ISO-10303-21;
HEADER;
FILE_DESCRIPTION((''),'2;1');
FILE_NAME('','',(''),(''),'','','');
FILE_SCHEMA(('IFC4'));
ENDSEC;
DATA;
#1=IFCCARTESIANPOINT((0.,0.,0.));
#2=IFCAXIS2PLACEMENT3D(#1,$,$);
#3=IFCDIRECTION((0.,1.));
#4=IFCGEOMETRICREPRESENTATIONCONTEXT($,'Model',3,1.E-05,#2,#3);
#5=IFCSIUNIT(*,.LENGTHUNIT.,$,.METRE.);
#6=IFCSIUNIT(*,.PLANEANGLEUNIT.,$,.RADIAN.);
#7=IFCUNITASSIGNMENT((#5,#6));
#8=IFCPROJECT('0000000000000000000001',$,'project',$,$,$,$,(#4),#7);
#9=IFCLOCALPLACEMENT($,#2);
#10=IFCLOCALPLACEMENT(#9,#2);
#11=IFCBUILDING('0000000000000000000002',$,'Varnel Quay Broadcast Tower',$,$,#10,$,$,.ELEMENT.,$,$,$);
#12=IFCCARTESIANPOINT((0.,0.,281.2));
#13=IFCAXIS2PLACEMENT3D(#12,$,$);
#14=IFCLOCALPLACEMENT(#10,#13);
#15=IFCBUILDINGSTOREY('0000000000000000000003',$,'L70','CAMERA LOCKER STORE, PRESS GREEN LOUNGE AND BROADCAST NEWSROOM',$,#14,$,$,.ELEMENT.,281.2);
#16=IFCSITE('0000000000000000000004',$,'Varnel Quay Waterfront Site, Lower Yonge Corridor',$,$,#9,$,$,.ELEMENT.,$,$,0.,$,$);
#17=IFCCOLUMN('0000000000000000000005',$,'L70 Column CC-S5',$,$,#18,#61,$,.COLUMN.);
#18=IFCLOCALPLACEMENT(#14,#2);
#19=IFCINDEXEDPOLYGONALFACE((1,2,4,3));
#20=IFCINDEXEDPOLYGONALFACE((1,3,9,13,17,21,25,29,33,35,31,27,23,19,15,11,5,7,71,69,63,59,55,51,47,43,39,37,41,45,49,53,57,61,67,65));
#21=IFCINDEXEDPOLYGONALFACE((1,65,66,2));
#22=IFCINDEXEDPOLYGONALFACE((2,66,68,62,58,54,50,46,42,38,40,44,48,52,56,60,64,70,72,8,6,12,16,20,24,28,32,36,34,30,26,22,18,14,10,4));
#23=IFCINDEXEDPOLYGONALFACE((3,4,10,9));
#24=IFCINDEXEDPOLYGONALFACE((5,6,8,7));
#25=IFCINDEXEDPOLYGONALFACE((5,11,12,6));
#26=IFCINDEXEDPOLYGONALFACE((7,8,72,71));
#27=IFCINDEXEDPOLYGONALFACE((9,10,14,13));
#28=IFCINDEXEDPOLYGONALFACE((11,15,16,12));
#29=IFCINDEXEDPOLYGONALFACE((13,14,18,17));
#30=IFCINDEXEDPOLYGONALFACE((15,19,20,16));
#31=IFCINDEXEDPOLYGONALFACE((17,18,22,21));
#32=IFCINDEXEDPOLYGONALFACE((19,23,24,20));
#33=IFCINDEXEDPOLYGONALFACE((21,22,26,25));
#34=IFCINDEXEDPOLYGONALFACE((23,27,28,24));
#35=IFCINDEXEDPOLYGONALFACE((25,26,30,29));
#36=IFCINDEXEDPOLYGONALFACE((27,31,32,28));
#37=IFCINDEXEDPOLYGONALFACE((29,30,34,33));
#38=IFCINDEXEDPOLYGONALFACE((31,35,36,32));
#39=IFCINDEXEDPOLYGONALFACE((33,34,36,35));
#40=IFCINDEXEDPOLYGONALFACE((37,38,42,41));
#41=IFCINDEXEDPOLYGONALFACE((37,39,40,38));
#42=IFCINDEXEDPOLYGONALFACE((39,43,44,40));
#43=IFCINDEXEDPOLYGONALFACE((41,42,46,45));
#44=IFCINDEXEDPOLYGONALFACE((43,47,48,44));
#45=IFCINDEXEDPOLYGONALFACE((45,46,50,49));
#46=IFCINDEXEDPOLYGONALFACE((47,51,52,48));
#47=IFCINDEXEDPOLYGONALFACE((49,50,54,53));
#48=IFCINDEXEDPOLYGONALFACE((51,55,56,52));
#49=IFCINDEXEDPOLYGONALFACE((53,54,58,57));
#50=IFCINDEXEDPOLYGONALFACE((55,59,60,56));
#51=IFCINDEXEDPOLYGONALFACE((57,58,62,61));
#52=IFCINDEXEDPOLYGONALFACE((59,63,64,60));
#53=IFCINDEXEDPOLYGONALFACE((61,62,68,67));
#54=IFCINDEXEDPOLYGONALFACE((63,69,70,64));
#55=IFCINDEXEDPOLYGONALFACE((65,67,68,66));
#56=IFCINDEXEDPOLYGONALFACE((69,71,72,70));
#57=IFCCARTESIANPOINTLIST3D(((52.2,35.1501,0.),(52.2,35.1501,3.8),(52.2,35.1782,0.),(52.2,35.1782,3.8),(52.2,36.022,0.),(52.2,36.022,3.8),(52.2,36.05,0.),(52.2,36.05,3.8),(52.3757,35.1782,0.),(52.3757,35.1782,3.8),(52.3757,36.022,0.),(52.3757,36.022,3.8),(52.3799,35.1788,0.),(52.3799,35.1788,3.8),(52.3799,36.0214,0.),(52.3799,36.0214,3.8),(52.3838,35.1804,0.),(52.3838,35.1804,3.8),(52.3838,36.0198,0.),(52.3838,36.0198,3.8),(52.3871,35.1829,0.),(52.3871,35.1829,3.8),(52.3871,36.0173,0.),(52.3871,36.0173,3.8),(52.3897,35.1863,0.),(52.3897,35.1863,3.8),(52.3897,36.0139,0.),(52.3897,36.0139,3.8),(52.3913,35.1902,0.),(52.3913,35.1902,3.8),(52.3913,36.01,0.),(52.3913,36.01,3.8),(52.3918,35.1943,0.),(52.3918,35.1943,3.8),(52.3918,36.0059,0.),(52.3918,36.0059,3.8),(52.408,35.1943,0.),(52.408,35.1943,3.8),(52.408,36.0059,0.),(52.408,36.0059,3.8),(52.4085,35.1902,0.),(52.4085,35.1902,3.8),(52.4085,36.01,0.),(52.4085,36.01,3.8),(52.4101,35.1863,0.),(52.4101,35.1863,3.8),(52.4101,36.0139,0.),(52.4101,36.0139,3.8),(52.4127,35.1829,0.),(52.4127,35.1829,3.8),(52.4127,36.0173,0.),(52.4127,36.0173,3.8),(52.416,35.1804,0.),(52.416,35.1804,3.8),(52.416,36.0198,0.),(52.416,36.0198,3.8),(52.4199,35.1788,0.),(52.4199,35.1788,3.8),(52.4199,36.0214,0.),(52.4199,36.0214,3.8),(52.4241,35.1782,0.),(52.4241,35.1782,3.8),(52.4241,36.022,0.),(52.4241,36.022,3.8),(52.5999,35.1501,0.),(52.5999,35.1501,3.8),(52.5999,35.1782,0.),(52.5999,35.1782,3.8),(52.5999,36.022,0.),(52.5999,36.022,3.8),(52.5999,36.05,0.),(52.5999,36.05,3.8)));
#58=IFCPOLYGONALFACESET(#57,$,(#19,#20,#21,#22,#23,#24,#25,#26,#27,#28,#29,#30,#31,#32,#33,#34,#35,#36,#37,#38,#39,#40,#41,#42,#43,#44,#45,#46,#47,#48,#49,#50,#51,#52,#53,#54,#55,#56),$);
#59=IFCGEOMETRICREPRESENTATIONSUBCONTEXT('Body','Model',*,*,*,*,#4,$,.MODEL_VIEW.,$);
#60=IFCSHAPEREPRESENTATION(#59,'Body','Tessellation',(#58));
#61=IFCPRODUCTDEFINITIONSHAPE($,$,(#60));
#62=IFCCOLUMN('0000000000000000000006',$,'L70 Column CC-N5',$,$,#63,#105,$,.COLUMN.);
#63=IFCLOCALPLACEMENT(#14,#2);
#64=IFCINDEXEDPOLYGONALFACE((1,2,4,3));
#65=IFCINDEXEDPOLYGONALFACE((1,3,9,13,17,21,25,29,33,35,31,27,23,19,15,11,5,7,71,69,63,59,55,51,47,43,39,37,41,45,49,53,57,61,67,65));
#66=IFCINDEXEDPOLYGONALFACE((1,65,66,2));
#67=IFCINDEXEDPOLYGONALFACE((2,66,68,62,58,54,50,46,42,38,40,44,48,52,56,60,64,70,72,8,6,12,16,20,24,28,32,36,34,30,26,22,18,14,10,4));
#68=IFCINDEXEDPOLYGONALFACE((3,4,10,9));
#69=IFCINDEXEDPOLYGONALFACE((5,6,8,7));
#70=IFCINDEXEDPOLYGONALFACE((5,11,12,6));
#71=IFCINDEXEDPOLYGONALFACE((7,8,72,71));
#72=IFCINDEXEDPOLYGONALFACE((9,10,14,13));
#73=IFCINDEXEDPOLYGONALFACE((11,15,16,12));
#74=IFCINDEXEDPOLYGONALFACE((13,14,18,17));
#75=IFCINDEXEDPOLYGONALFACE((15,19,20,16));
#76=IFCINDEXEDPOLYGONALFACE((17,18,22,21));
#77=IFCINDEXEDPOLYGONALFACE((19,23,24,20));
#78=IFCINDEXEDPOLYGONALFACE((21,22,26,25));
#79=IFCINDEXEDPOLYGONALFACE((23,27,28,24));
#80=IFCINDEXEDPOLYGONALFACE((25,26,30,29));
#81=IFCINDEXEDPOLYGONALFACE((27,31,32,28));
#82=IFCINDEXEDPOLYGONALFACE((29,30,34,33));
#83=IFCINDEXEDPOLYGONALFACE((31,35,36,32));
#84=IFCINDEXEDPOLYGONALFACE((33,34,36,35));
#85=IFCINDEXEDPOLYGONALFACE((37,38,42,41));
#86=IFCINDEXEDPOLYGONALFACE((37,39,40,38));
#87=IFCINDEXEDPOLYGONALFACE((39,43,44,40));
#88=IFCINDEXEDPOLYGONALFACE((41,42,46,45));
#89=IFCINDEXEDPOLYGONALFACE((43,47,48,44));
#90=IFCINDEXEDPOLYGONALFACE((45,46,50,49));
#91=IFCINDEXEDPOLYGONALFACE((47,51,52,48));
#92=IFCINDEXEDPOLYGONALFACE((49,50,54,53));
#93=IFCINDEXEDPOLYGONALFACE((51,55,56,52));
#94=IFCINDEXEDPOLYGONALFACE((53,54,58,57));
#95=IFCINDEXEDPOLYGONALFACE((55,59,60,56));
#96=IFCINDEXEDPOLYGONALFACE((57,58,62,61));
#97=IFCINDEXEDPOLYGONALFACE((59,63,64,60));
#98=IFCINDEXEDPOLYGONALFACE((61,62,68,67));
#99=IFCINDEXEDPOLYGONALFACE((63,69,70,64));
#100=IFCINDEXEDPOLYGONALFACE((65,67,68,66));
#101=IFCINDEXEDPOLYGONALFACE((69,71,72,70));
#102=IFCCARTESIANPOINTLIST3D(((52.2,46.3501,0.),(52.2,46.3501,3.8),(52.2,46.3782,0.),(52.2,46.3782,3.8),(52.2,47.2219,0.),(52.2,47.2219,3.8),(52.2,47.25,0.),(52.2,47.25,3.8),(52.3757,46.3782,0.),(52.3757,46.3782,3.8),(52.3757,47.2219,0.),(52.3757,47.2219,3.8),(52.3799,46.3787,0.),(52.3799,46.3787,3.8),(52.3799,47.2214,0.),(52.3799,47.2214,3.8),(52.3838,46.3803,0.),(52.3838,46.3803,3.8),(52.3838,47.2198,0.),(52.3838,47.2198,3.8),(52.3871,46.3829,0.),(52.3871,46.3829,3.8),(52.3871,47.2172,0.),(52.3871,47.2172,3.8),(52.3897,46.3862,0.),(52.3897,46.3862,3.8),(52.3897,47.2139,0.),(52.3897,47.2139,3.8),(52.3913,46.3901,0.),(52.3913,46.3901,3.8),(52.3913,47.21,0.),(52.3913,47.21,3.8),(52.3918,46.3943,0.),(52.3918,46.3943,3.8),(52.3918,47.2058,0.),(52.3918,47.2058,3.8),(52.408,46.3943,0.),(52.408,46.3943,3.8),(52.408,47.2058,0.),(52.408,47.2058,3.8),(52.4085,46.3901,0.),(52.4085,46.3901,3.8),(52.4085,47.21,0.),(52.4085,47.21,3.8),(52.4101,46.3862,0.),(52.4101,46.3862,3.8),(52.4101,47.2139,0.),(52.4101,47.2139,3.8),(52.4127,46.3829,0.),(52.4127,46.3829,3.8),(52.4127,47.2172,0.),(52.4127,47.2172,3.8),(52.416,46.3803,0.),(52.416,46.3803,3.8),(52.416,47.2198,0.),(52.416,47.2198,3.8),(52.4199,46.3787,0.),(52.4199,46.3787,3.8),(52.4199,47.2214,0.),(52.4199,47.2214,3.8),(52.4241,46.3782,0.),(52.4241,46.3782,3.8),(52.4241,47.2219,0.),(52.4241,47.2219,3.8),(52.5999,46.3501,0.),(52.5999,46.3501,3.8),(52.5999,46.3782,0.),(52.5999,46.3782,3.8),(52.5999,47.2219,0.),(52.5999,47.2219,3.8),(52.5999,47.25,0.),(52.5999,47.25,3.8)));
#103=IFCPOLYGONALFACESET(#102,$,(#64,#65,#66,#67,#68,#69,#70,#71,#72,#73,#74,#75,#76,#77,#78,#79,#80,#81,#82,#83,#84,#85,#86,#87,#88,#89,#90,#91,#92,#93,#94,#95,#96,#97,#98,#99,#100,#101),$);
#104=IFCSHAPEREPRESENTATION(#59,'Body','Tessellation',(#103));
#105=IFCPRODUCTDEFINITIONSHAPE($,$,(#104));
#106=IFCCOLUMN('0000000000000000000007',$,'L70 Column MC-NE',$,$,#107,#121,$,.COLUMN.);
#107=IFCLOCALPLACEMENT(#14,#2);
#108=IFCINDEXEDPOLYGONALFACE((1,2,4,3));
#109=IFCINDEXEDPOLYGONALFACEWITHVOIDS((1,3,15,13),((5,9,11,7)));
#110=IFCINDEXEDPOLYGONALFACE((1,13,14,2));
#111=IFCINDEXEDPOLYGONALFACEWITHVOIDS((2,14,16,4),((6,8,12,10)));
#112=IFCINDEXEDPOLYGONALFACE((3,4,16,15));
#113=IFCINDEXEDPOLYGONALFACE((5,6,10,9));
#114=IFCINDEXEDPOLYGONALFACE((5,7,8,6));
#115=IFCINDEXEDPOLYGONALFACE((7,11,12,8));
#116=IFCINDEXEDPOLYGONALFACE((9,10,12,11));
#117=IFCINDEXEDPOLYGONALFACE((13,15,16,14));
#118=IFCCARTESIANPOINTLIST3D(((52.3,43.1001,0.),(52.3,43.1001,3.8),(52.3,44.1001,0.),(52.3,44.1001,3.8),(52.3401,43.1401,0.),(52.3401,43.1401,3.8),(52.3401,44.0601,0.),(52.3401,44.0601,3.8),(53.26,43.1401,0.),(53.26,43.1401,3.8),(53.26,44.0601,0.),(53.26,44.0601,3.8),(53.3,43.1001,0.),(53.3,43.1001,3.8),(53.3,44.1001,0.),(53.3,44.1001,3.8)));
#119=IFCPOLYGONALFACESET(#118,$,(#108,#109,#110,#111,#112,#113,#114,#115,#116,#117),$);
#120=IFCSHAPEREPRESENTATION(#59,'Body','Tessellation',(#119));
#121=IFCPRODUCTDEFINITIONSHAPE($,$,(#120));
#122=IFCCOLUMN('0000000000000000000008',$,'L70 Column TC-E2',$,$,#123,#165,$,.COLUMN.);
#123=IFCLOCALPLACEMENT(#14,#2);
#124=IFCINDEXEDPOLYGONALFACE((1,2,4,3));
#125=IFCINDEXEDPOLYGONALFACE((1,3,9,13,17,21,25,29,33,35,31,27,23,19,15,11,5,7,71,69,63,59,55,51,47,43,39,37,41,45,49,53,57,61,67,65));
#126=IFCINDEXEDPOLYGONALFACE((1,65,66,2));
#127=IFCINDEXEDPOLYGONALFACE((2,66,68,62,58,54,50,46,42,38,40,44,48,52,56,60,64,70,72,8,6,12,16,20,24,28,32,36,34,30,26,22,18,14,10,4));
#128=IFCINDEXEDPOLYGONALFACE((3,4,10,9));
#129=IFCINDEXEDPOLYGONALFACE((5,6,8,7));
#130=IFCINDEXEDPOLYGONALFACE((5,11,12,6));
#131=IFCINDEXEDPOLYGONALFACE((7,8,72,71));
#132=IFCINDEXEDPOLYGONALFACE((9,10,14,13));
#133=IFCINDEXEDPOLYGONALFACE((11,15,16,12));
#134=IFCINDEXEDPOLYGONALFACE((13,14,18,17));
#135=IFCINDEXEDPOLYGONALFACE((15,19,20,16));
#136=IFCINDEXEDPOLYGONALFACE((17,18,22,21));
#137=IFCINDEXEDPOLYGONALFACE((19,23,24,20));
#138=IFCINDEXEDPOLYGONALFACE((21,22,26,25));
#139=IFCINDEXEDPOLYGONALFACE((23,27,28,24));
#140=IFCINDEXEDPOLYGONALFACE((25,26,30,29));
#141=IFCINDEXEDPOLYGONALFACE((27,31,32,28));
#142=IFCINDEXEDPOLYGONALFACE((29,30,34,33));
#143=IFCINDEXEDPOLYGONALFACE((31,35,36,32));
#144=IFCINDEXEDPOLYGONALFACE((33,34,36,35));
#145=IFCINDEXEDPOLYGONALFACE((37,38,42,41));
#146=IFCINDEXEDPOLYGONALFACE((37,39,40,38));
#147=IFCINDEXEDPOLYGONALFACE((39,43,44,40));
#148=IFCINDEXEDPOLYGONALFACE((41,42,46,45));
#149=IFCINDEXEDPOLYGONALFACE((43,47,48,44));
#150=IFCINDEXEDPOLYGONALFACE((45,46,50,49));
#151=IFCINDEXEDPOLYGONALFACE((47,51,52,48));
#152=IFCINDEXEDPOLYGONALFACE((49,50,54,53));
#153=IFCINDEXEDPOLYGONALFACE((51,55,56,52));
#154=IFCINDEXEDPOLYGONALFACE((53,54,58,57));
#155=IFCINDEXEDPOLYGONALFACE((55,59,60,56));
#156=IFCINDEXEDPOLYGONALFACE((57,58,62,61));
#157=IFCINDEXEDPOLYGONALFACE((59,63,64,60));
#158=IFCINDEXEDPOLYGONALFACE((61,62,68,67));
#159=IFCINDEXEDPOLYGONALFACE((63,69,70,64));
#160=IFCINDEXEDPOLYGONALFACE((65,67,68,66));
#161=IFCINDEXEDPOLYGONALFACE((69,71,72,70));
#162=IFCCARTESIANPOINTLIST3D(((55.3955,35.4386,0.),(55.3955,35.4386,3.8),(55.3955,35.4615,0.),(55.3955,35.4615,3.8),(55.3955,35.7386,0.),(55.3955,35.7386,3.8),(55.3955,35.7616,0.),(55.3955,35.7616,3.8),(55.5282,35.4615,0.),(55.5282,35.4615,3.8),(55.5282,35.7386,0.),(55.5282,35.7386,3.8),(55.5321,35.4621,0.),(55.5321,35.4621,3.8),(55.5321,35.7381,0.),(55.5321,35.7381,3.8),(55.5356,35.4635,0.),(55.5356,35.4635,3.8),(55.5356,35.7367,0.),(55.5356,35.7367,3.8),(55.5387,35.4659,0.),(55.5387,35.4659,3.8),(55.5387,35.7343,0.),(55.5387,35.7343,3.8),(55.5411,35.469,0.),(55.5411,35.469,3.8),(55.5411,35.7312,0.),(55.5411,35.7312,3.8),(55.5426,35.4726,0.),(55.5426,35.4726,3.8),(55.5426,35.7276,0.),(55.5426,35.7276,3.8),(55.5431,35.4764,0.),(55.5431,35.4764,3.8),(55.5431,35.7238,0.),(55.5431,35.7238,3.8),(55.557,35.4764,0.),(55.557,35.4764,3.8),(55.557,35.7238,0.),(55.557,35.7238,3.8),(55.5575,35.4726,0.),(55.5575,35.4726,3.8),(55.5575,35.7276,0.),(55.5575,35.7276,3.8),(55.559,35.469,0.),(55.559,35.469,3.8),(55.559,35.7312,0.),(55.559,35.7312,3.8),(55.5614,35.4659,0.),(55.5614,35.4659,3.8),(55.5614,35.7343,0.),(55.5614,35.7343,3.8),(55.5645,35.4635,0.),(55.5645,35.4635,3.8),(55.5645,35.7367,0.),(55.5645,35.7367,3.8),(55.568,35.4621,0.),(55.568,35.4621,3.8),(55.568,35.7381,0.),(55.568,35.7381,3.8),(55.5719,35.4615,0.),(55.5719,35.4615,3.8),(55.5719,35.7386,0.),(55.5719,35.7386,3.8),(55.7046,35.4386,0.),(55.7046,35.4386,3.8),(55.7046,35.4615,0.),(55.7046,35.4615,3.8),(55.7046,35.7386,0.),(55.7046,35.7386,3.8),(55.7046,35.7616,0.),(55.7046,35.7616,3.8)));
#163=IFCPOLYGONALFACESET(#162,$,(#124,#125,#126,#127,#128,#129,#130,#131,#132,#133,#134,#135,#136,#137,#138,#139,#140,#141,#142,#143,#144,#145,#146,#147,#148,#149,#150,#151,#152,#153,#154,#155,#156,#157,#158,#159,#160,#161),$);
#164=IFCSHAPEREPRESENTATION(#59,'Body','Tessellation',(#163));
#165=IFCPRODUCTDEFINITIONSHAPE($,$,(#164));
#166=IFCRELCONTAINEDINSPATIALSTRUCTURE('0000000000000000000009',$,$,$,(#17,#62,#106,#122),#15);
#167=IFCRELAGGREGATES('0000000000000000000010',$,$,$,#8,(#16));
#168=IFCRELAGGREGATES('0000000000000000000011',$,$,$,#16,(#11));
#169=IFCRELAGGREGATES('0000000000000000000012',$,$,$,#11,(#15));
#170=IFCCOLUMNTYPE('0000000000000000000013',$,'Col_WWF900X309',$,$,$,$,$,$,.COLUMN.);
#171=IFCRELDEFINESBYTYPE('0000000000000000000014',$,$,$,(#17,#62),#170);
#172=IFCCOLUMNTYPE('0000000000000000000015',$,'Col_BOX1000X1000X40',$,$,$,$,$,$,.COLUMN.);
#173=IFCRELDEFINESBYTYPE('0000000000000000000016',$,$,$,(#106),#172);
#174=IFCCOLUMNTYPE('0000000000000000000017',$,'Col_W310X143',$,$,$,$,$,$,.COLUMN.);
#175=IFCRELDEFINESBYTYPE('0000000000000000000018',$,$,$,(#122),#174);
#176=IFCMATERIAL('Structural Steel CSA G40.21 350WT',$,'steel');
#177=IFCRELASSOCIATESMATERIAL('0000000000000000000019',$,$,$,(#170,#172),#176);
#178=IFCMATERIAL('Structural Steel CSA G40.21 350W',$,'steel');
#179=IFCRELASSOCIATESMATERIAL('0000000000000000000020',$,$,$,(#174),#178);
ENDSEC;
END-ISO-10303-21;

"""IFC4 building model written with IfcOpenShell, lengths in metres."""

from ifc_helpers import new_model, si_unit, direction, frame, origin, origin_2d, place, context, subcontext, project, spatial, hollow_rectangle, i_section, extrude, source, transform, mapped, material, material_profile, profile_set, type_object, type_shapes, element, save


model = new_model("IFC4")

# Units and contexts
model_context = context("Model", 3, precision=1e-05, world=origin(), true_north=direction((0.0, 1.0)))
body_context = subcontext(model_context, "Body", "Model", "MODEL_VIEW")
ifc_project = project(units=[si_unit("LENGTHUNIT", "METRE"), si_unit("PLANEANGLEUNIT", "RADIAN")], contexts=[model_context])

# Site, building, storey
site_placement = place(None, origin())
site = spatial("IfcSite", under=ifc_project, at=site_placement, Name="Varnel Quay Waterfront Site, Lower Yonge Corridor", CompositionType="ELEMENT", RefElevation=0.0)
building_placement = place(site_placement, origin())
building = spatial("IfcBuilding", under=site, at=building_placement, Name="Varnel Quay Broadcast Tower", CompositionType="ELEMENT")
storey_placement = place(building_placement, frame((0.0, 0.0, 281.2)))
storey = spatial("IfcBuildingStorey", under=building, at=storey_placement, Name="L70", Description="CAMERA LOCKER STORE, PRESS GREEN LOUNGE AND BROADCAST NEWSROOM", CompositionType="ELEMENT", Elevation=281.2)

# Columns
ifc_material_1 = material(Name="Structural Steel CSA G40.21 350WT", Category="steel")
ifc_material_profile_1 = material_profile(ifc_material_1, i_section(OverallWidth=0.3999, OverallDepth=0.8999, WebThickness=0.0161, FlangeThickness=0.0281, FilletRadius=0.0161, at=origin_2d()), Name="WWF900X309")
ifc_profile_set_1 = profile_set([ifc_material_profile_1], Name="Structural Steel CSA G40.21 350WT")
column_type_1 = type_object("IfcColumnType", Name="Col_WWF900X309", PredefinedType="COLUMN", material=ifc_profile_set_1)
shared_shape_1 = source(origin(), body_context, "Body", "SweptSolid", [
    extrude(i_section(OverallWidth=0.3999, OverallDepth=0.8999, WebThickness=0.0161, FlangeThickness=0.0281, FilletRadius=0.0161, at=origin_2d()), origin(), (0.0, 0.0, 1.0), 3.8),
])
type_shapes(column_type_1, [shared_shape_1])
for number, where, z_axis, x_axis, name in (
    (1, (52.3999, 35.6001, 0.0), (0.0, 0.0, 1.0), (1.0, 0.0, 0.0), "L70 Column CC-S5"),
    (2, (52.3999, 46.8, 0.0), (0.0, 0.0, 1.0), (1.0, 0.0, 0.0), "L70 Column CC-N5"),
):
    element("IfcColumn", number, at=place(storey_placement, frame(where, z_axis=z_axis, x_axis=x_axis)), inside=storey, type_object=column_type_1, Name=name, PredefinedType="COLUMN", context=body_context, shape_type="MappedRepresentation", body=[
        mapped(shared_shape_1, transform((0.0, 0.0, 0.0), x_axis=(1.0, 0.0, 0.0), y_axis=(0.0, 1.0, 0.0), z_axis=(0.0, 0.0, 1.0), scale=1.0)),
    ])
ifc_material_profile_2 = material_profile(ifc_material_1, hollow_rectangle(XDim=1.0, YDim=1.0, WallThickness=0.04, at=origin_2d()), Name="BOX1000X1000X40")
ifc_profile_set_2 = profile_set([ifc_material_profile_2], Name="Structural Steel CSA G40.21 350WT")
column_type_2 = type_object("IfcColumnType", Name="Col_BOX1000X1000X40", PredefinedType="COLUMN", material=ifc_profile_set_2)
shared_shape_2 = source(origin(), body_context, "Body", "SweptSolid", [
    extrude(hollow_rectangle(XDim=1.0, YDim=1.0, WallThickness=0.04, at=origin_2d()), origin(), (0.0, 0.0, 1.0), 3.8),
])
type_shapes(column_type_2, [shared_shape_2])
column_1_placement = place(storey_placement, frame((52.8, 43.6001, 0.0), z_axis=(0.0, 0.0, 1.0), x_axis=(1.0, 0.0, 0.0)))
element("IfcColumn", 3, at=column_1_placement, inside=storey, type_object=column_type_2, Name="L70 Column MC-NE", PredefinedType="COLUMN", context=body_context, shape_type="MappedRepresentation", body=[
    mapped(shared_shape_2, transform((0.0, 0.0, 0.0), x_axis=(1.0, 0.0, 0.0), y_axis=(0.0, 1.0, 0.0), z_axis=(0.0, 0.0, 1.0), scale=1.0)),
])
ifc_material_2 = material(Name="Structural Steel CSA G40.21 350W", Category="steel")
ifc_material_profile_3 = material_profile(ifc_material_2, i_section(OverallWidth=0.3091, OverallDepth=0.323, WebThickness=0.0139, FlangeThickness=0.0229, FilletRadius=0.0149, at=origin_2d()), Name="W310X143")
ifc_profile_set_3 = profile_set([ifc_material_profile_3], Name="Structural Steel CSA G40.21 350W")
column_type_3 = type_object("IfcColumnType", Name="Col_W310X143", PredefinedType="COLUMN", material=ifc_profile_set_3)
shared_shape_3 = source(origin(), body_context, "Body", "SweptSolid", [
    extrude(i_section(OverallWidth=0.3091, OverallDepth=0.323, WebThickness=0.0139, FlangeThickness=0.0229, FilletRadius=0.0149, at=origin_2d()), origin(), (0.0, 0.0, 1.0), 3.8),
])
type_shapes(column_type_3, [shared_shape_3])
column_2_placement = place(storey_placement, frame((55.55, 35.6001, 0.0), z_axis=(0.0, 0.0, 1.0), x_axis=(1.0, 0.0, 0.0)))
element("IfcColumn", 4, at=column_2_placement, inside=storey, type_object=column_type_3, Name="L70 Column TC-E2", PredefinedType="COLUMN", context=body_context, shape_type="MappedRepresentation", body=[
    mapped(shared_shape_3, transform((0.0, 0.0, 0.0), x_axis=(1.0, 0.0, 0.0), y_axis=(0.0, 1.0, 0.0), z_axis=(0.0, 0.0, 1.0), scale=1.0)),
])

save(model, "model.ifc")
